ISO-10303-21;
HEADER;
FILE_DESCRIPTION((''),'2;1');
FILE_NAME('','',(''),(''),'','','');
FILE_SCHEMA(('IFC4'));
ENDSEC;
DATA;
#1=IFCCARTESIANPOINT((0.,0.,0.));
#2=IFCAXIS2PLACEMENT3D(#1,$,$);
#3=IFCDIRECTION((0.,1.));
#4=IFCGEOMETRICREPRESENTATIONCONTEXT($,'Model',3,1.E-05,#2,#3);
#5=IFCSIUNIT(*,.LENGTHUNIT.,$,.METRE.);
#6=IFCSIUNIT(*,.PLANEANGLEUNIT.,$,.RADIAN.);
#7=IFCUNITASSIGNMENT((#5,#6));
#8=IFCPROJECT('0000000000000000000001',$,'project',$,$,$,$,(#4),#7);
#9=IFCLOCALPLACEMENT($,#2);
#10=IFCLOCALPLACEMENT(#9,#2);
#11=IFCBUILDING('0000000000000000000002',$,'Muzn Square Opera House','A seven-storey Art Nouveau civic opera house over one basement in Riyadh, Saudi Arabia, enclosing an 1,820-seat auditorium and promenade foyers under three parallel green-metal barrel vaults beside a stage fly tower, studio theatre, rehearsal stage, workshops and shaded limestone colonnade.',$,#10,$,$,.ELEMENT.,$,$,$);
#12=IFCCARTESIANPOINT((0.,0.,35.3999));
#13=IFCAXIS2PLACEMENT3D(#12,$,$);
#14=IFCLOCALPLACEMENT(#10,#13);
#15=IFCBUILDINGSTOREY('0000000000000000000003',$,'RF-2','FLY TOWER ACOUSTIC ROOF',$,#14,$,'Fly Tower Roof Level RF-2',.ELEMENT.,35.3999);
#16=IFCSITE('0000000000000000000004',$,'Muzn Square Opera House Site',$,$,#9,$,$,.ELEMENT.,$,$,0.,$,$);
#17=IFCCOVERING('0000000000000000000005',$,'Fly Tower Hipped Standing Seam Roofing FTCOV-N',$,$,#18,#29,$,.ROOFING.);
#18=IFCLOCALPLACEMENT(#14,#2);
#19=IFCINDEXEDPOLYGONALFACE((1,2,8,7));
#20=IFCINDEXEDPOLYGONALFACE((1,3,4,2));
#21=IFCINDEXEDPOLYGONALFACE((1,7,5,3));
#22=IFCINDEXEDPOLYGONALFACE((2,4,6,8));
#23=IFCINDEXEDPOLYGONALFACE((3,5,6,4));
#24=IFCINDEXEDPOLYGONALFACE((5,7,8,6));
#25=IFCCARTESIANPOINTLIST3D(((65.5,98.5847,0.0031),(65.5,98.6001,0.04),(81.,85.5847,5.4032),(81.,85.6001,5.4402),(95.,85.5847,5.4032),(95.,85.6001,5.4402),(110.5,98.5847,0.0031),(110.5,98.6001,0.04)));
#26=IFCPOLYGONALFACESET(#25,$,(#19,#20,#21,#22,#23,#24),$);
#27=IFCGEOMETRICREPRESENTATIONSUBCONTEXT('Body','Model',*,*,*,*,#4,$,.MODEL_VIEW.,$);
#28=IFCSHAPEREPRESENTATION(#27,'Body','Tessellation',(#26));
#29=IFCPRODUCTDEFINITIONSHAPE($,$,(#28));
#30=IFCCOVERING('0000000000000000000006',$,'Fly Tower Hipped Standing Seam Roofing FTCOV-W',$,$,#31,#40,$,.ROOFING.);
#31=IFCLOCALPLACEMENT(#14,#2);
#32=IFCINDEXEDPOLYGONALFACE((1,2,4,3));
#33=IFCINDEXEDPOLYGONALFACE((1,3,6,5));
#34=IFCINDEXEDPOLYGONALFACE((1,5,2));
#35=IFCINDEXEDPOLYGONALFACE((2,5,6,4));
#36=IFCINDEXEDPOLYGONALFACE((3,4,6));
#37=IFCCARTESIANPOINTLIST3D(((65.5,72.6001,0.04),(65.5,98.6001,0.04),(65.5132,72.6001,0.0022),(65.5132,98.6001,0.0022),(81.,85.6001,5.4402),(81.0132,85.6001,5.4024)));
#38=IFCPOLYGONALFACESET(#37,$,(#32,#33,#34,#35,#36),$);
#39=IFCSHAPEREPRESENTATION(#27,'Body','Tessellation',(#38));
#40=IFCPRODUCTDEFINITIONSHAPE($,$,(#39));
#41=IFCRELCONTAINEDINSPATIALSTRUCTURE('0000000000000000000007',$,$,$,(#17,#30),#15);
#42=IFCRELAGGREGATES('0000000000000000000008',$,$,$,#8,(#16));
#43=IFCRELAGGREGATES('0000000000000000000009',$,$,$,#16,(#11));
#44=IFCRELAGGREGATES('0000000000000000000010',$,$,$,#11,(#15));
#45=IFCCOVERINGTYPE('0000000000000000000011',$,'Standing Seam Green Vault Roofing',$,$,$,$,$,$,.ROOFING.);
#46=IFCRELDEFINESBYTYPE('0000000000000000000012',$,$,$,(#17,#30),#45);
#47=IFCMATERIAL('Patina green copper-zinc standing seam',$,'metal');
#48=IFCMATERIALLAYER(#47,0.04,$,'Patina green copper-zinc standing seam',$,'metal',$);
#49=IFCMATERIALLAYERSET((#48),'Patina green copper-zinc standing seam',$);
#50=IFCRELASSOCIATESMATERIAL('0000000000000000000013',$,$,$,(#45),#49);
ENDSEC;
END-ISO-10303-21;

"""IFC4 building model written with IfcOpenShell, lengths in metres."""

from ifc_helpers import new_model, si_unit, direction, frame, origin, place, context, subcontext, project, spatial, polyline, outline, extrude, material, layer, layer_set, type_object, element, save


model = new_model("IFC4")

# Units and contexts
model_context = context("Model", 3, precision=1e-05, world=origin(), true_north=direction((0.0, 1.0)))
body_context = subcontext(model_context, "Body", "Model", "MODEL_VIEW")
ifc_project = project(units=[si_unit("LENGTHUNIT", "METRE"), si_unit("PLANEANGLEUNIT", "RADIAN")], contexts=[model_context])

# Site, building, storey
site_placement = place(None, origin())
site = spatial("IfcSite", under=ifc_project, at=site_placement, Name="Muzn Square Opera House Site", CompositionType="ELEMENT", RefElevation=0.0)
building_placement = place(site_placement, origin())
building = spatial("IfcBuilding", under=site, at=building_placement, Name="Muzn Square Opera House", Description="A seven-storey Art Nouveau civic opera house over one basement in Riyadh, Saudi Arabia, enclosing an 1,820-seat auditorium and promenade foyers under three parallel green-metal barrel vaults beside a stage fly tower, studio theatre, rehearsal stage, workshops and shaded limestone colonnade.", CompositionType="ELEMENT")
storey_placement = place(building_placement, frame((0.0, 0.0, 35.3999)))
storey = spatial("IfcBuildingStorey", under=building, at=storey_placement, Name="RF-2", Description="FLY TOWER ACOUSTIC ROOF", LongName="Fly Tower Roof Level RF-2", CompositionType="ELEMENT", Elevation=35.3999)

# Shared definitions
ifc_material_1 = material(Name="Patina green copper-zinc standing seam", Category="metal")

# Coverings
ifc_layer_1 = layer(ifc_material_1, 0.04, Name="Patina green copper-zinc standing seam", Category="metal")
ifc_layer_set_1 = layer_set([ifc_layer_1], Name="Patina green copper-zinc standing seam")
covering_type = type_object("IfcCoveringType", Name="Standing Seam Green Vault Roofing", PredefinedType="ROOFING", material=ifc_layer_set_1)
covering_1_placement = place(storey_placement, frame((81.0, 85.6001, 5.4402), z_axis=(0.0, 0.383615, 0.923493), x_axis=(1.0, 0.0, 0.0)))
element("IfcCovering", 1, at=covering_1_placement, inside=storey, type_object=covering_type, Name="Fly Tower Hipped Standing Seam Roofing FTCOV-N", PredefinedType="ROOFING", context=body_context, shape_type="SweptSolid", body=[
    extrude(outline(polyline([(29.5, 14.077), (-15.5, 14.077), (0.0, 0.0), (14.0, 0.0), (29.5, 14.077)])), origin(), (0.0, 0.0, -1.0), 0.04),
])
covering_2_placement = place(storey_placement, frame((81.0, 85.6001, 5.4402), z_axis=(-0.329001, 0.0, 0.94433), x_axis=(-0.740271, 0.620872, -0.257908)))
element("IfcCovering", 2, at=covering_2_placement, inside=storey, type_object=covering_type, Name="Fly Tower Hipped Standing Seam Roofing FTCOV-W", PredefinedType="ROOFING", context=body_context, shape_type="SweptSolid", body=[
    extrude(outline(polyline([(20.9383, 0.0), (4.7956, 20.3817), (0.0, 0.0), (20.9383, 0.0)])), origin(), (0.0, 0.0, -1.0), 0.04),
])

save(model, "model.ifc")
